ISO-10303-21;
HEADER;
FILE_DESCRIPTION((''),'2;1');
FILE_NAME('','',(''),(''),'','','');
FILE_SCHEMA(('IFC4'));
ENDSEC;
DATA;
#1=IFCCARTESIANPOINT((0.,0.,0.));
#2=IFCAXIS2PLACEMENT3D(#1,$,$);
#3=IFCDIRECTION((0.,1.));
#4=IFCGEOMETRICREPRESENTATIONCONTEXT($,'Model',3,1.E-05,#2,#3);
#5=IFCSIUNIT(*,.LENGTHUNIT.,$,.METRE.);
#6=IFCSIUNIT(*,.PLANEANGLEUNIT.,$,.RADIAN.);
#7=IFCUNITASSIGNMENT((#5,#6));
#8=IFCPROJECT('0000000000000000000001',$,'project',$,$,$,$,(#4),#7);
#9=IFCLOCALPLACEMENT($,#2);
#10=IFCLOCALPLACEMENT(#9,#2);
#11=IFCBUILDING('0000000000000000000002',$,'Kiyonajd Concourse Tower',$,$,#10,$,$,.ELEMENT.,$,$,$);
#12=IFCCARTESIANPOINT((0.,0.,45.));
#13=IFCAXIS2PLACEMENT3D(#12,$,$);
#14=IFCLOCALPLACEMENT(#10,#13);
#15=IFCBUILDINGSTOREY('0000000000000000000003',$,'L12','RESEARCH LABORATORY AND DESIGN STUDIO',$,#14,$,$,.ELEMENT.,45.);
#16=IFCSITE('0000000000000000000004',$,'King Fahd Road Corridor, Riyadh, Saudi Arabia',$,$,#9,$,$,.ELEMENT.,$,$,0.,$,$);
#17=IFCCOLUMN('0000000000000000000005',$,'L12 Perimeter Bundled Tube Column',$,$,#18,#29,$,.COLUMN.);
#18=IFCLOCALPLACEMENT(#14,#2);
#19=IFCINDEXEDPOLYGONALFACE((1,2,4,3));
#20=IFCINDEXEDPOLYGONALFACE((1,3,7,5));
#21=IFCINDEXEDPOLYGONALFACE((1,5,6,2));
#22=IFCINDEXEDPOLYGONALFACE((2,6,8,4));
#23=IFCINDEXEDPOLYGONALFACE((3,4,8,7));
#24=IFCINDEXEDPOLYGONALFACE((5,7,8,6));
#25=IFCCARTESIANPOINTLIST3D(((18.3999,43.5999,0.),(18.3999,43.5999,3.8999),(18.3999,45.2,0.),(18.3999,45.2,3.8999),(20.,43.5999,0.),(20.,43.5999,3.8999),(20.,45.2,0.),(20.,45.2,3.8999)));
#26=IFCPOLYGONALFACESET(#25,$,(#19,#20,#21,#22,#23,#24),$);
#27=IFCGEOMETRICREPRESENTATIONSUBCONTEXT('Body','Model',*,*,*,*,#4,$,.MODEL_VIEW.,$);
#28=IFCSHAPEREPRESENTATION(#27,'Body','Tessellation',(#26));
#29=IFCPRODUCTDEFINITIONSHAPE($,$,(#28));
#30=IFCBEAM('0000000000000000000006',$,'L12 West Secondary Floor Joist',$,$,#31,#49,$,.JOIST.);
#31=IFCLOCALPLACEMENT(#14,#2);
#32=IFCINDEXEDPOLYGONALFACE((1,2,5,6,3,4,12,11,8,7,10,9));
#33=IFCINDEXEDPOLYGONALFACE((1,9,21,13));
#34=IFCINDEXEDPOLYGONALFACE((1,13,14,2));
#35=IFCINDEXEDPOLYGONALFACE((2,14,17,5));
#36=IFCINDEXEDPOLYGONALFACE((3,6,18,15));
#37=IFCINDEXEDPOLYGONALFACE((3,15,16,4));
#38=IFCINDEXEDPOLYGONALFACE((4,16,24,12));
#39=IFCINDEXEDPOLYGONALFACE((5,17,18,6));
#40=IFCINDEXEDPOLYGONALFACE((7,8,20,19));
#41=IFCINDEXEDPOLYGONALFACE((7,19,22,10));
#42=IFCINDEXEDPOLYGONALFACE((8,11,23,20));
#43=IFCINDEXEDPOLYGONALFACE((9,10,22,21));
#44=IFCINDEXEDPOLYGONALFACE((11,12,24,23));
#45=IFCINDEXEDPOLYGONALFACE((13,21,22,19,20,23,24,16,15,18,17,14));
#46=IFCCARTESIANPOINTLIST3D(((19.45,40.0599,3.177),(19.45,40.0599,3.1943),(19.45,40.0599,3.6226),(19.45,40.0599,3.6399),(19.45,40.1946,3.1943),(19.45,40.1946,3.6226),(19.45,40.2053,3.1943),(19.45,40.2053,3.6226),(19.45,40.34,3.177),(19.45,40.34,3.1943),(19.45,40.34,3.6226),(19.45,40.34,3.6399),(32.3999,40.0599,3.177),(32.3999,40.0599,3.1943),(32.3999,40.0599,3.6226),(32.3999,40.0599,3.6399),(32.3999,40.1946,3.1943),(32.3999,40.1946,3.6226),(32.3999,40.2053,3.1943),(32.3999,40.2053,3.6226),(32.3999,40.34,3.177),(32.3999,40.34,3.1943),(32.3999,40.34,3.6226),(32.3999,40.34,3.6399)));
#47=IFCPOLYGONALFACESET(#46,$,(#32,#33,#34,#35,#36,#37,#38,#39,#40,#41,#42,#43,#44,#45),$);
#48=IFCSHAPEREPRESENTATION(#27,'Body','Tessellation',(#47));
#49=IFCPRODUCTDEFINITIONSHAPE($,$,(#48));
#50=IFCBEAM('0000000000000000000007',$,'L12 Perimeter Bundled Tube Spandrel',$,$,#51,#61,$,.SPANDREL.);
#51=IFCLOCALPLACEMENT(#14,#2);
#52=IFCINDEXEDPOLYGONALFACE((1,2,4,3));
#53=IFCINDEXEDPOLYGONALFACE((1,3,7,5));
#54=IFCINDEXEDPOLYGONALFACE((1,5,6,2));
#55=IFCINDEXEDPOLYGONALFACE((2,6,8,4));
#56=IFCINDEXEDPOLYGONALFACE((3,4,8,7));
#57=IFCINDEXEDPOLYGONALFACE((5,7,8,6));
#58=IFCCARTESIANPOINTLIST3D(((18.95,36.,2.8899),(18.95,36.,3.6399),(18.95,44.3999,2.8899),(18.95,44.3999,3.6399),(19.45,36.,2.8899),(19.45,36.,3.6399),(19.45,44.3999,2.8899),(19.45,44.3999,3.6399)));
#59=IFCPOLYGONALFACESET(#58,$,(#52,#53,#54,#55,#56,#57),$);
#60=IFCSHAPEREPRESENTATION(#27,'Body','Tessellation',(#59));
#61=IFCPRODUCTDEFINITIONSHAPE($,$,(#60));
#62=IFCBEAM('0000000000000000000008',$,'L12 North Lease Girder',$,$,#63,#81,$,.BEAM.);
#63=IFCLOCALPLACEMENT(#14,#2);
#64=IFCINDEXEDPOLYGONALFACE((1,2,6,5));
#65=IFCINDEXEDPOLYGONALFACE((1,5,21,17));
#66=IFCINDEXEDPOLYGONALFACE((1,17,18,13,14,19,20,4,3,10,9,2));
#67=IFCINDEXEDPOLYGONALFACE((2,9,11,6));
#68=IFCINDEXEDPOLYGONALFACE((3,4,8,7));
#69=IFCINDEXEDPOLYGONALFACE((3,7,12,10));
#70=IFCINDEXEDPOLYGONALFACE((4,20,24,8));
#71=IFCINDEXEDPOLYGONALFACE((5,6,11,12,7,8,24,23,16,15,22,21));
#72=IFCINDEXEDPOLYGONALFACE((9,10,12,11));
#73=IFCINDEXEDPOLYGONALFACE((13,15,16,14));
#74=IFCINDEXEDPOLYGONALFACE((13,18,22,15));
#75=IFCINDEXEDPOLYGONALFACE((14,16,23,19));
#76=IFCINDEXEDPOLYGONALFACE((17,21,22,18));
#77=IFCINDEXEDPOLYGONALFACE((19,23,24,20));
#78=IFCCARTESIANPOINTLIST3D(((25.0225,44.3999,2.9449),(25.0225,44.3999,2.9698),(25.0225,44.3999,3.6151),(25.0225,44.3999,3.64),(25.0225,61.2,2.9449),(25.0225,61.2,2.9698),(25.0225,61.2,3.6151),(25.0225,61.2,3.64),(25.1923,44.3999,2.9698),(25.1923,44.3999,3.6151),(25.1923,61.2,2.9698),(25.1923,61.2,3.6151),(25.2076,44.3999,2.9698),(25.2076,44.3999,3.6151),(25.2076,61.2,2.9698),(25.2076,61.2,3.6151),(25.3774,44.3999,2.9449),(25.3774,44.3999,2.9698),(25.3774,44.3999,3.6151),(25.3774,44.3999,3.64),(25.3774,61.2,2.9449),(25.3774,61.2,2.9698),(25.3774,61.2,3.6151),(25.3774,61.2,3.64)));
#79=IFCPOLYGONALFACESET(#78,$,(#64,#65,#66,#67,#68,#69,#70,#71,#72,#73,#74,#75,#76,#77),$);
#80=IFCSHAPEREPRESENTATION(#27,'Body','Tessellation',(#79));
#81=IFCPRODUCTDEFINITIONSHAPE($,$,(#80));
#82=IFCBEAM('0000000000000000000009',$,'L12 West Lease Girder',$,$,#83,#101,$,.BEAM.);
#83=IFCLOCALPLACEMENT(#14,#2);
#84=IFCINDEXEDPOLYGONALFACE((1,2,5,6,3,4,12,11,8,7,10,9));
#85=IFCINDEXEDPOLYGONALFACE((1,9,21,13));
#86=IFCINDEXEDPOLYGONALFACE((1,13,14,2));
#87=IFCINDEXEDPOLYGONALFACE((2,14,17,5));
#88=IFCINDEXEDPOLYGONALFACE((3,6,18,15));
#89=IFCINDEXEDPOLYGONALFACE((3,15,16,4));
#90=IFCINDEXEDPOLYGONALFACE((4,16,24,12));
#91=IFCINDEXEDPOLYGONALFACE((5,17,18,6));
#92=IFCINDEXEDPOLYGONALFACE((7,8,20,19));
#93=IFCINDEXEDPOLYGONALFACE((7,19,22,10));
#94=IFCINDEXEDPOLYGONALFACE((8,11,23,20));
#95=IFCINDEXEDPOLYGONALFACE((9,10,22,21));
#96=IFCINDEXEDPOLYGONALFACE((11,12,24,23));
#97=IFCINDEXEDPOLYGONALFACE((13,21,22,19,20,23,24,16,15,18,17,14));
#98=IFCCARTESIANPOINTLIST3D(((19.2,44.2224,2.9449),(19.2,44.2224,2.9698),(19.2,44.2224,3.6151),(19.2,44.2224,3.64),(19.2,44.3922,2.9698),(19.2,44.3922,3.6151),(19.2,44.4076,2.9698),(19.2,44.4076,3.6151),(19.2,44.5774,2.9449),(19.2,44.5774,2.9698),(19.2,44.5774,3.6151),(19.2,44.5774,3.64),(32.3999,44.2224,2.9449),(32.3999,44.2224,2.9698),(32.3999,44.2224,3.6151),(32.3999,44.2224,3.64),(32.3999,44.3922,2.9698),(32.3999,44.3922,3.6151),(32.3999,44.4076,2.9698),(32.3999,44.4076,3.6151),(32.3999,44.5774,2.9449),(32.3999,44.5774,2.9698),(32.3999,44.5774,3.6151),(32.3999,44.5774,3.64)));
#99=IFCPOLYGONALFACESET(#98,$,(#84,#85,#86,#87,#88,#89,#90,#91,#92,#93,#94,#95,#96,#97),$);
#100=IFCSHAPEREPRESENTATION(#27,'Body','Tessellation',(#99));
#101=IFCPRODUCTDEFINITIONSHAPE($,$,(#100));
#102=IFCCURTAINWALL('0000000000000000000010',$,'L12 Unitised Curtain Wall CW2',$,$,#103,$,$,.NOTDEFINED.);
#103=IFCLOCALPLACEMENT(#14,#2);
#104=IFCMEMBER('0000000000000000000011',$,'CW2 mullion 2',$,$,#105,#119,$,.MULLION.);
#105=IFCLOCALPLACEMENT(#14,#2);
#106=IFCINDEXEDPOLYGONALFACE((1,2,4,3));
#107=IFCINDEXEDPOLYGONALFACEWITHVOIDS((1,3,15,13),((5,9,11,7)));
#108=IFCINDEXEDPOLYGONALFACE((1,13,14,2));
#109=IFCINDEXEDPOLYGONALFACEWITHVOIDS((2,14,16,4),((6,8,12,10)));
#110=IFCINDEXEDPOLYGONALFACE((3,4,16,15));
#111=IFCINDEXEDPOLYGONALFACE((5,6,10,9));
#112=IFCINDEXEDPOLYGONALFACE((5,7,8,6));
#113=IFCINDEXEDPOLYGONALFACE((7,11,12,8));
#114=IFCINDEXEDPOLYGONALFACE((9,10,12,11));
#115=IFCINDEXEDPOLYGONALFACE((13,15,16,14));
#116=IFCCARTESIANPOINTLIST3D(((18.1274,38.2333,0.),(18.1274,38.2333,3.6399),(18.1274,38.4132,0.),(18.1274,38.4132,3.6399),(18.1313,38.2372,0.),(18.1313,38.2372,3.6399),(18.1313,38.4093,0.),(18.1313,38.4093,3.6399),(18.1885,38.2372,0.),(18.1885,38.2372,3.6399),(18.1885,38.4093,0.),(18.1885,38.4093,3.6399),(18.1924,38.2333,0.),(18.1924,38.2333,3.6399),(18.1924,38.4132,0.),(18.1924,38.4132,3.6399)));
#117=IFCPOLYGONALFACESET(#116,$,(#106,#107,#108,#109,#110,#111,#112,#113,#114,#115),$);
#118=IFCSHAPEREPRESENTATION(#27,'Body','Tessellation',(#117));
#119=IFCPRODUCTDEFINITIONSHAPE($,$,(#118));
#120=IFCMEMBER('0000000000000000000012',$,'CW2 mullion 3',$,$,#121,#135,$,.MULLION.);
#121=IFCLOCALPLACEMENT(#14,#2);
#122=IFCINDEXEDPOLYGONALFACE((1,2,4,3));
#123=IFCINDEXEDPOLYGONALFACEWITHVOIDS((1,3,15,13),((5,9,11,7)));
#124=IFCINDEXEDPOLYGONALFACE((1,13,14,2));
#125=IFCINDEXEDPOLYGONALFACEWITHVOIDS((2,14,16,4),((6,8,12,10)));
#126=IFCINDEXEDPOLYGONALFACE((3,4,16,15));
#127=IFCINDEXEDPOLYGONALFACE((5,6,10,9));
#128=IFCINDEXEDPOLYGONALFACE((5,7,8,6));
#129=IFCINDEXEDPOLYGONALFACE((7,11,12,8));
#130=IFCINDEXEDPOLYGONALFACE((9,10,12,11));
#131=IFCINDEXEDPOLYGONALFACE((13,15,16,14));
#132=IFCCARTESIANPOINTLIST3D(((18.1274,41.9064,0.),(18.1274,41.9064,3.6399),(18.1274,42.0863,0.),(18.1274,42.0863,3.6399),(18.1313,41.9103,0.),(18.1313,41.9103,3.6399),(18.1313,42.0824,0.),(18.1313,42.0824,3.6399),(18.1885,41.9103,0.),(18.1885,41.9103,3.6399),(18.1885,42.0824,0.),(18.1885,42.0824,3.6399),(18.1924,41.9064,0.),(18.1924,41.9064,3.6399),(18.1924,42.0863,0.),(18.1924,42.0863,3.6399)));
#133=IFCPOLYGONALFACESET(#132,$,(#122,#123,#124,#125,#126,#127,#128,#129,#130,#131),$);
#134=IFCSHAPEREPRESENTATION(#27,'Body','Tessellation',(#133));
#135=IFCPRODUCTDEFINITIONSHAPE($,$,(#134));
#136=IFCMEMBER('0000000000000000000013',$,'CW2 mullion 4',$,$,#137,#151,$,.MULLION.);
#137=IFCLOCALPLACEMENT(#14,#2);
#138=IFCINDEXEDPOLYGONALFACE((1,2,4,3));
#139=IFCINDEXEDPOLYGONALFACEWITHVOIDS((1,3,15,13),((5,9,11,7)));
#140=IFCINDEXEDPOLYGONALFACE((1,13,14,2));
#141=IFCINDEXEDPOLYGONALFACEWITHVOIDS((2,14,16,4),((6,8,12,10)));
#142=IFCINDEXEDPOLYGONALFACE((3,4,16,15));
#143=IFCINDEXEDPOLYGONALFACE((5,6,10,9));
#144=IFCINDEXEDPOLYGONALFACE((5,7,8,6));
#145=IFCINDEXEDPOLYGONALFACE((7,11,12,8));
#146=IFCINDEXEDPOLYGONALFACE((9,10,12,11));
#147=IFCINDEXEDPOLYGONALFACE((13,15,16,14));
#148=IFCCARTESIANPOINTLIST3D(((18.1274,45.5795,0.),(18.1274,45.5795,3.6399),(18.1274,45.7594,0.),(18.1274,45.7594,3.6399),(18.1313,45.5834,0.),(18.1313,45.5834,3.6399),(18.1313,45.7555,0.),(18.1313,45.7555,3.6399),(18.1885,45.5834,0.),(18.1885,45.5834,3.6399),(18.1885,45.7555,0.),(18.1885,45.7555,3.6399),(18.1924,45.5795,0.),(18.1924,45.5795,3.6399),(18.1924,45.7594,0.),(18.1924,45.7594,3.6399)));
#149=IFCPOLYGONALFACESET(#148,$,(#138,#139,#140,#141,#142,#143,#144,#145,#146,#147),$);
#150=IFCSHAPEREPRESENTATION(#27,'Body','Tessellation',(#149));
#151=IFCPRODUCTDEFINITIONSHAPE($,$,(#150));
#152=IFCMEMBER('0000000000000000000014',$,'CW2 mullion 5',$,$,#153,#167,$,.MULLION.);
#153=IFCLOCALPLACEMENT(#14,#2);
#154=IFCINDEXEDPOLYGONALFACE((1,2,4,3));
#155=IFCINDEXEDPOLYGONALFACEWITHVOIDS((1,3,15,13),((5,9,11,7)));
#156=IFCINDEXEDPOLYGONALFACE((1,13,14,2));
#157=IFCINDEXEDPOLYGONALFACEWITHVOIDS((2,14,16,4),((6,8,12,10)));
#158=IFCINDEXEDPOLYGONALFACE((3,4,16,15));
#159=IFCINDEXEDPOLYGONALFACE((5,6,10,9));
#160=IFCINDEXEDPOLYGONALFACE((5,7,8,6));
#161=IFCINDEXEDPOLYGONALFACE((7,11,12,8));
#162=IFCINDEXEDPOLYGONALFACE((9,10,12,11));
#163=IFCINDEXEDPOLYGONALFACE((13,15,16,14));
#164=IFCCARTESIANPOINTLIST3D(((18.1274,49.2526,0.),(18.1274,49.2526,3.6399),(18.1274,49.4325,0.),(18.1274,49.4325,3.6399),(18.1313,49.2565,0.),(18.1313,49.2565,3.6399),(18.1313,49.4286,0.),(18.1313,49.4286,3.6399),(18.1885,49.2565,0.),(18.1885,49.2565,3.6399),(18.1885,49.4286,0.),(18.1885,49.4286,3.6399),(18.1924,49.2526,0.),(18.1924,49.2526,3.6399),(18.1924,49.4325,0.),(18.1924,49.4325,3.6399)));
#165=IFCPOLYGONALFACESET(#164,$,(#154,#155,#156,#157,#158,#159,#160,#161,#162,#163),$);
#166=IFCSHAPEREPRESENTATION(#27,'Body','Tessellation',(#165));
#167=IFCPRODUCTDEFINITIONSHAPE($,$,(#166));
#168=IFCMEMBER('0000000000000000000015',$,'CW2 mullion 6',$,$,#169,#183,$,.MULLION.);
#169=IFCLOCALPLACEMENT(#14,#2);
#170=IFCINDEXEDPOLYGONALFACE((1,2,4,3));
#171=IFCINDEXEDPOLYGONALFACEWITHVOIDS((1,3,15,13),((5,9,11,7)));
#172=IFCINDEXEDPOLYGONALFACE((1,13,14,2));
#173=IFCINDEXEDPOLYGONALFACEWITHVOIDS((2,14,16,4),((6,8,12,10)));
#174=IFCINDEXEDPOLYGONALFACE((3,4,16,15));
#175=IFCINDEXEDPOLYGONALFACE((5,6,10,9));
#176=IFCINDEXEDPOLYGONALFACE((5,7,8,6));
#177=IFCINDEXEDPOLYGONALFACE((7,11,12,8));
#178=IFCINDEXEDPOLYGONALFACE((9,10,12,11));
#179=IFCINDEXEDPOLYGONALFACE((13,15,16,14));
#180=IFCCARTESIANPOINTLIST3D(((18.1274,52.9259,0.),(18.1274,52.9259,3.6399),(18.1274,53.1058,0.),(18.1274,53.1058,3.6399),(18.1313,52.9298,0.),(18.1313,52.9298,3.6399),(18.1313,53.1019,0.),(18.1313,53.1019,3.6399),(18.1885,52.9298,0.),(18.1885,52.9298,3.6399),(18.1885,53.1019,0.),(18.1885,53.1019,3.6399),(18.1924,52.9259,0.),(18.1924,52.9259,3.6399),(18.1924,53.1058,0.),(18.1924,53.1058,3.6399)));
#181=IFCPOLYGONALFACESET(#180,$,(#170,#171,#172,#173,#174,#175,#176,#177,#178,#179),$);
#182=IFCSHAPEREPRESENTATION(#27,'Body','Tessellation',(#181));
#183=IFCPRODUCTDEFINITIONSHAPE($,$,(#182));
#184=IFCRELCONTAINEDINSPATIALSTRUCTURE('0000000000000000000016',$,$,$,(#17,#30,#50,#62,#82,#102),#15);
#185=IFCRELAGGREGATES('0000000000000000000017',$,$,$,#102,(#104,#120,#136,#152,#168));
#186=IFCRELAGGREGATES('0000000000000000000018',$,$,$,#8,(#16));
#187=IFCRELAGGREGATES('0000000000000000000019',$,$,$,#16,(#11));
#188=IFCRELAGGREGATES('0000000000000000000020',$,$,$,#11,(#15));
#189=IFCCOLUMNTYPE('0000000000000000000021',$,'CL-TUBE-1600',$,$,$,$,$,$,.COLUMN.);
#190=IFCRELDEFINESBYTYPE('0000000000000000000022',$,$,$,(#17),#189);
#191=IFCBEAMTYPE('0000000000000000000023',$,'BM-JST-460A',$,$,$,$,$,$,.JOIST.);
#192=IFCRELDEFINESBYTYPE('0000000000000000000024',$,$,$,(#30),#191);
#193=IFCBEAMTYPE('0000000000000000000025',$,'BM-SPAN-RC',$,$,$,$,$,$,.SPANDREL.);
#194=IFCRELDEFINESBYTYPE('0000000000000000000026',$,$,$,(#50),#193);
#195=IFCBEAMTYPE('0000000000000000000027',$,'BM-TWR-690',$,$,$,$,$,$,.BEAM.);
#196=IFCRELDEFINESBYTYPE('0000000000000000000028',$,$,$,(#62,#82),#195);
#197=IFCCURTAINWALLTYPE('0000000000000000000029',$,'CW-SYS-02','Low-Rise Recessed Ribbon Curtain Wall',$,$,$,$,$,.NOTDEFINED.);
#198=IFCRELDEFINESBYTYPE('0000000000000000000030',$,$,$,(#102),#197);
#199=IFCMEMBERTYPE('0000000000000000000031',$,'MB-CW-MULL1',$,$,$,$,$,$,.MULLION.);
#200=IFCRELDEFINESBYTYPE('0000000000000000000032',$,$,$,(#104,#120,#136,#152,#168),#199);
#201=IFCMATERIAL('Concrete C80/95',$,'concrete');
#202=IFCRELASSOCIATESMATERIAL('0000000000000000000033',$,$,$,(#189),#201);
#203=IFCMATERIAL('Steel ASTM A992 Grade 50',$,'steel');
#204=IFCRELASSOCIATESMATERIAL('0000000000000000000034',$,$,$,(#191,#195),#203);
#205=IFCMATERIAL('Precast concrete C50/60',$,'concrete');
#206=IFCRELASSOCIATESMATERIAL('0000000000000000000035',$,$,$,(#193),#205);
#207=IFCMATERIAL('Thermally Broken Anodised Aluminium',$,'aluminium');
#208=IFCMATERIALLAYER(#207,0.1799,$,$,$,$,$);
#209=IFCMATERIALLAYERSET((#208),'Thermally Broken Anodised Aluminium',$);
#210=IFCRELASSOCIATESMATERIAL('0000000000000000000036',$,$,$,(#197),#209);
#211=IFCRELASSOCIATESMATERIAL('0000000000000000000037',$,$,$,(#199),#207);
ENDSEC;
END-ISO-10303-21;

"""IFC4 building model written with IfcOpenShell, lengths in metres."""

from ifc_helpers import new_model, si_unit, direction, frame, origin, origin_2d, place, context, subcontext, project, spatial, rectangle, hollow_rectangle, i_section, extrude, material, layer, layer_set, material_profile, profile_set, type_object, element, aggregate, save


model = new_model("IFC4")

# Units and contexts
model_context = context("Model", 3, precision=1e-05, world=origin(), true_north=direction((0.0, 1.0)))
body_context = subcontext(model_context, "Body", "Model", "MODEL_VIEW")
ifc_project = project(units=[si_unit("LENGTHUNIT", "METRE"), si_unit("PLANEANGLEUNIT", "RADIAN")], contexts=[model_context])

# Site, building, storey
site_placement = place(None, origin())
site = spatial("IfcSite", under=ifc_project, at=site_placement, Name="King Fahd Road Corridor, Riyadh, Saudi Arabia", CompositionType="ELEMENT", RefElevation=0.0)
building_placement = place(site_placement, origin())
building = spatial("IfcBuilding", under=site, at=building_placement, Name="Kiyonajd Concourse Tower", CompositionType="ELEMENT")
storey_placement = place(building_placement, frame((0.0, 0.0, 45.0)))
storey = spatial("IfcBuildingStorey", under=building, at=storey_placement, Name="L12", Description="RESEARCH LABORATORY AND DESIGN STUDIO", CompositionType="ELEMENT", Elevation=45.0)

# Column
ifc_material_1 = material(Name="Concrete C80/95", Category="concrete")
ifc_material_profile_1 = material_profile(ifc_material_1, rectangle(XDim=1.6001, YDim=1.6001, at=origin_2d()), Name="RC-1600x1600")
ifc_profile_set_1 = profile_set([ifc_material_profile_1], Name="Concrete C80/95")
column_type = type_object("IfcColumnType", Name="CL-TUBE-1600", PredefinedType="COLUMN", material=ifc_profile_set_1)
column_placement = place(storey_placement, frame((19.2, 44.3999, 0.0), z_axis=(0.0, 0.0, 1.0), x_axis=(1.0, 0.0, 0.0)))
element("IfcColumn", 1, at=column_placement, inside=storey, type_object=column_type, Name="L12 Perimeter Bundled Tube Column", PredefinedType="COLUMN", context=body_context, shape_type="SweptSolid", body=[
    extrude(rectangle(XDim=1.6001, YDim=1.6001, at=origin_2d()), origin(), (0.0, 0.0, 1.0), 3.8999),
])

# Beams
ifc_material_2 = material(Name="Steel ASTM A992 Grade 50", Category="steel")
ifc_material_profile_2 = material_profile(ifc_material_2, i_section(OverallWidth=0.28, OverallDepth=0.4629, WebThickness=0.0107, FlangeThickness=0.0173, at=origin_2d()), Name="W460X113")
ifc_profile_set_2 = profile_set([ifc_material_profile_2], Name="Steel ASTM A992 Grade 50")
beam_type_1 = type_object("IfcBeamType", Name="BM-JST-460A", PredefinedType="JOIST", material=ifc_profile_set_2)
beam_1_placement = place(storey_placement, frame((19.45, 40.2, 3.4084), z_axis=(1.0, 0.0, 0.0), x_axis=(0.0, 1.0, 0.0)))
element("IfcBeam", 2, at=beam_1_placement, inside=storey, type_object=beam_type_1, Name="L12 West Secondary Floor Joist", PredefinedType="JOIST", context=body_context, shape_type="SweptSolid", body=[
    extrude(i_section(OverallWidth=0.28, OverallDepth=0.4629, WebThickness=0.0107, FlangeThickness=0.0173, at=origin_2d()), origin(), (0.0, 0.0, 1.0), 12.95),
])
ifc_material_3 = material(Name="Precast concrete C50/60", Category="concrete")
ifc_material_profile_3 = material_profile(ifc_material_3, rectangle(XDim=0.5, YDim=0.75, at=origin_2d()), Name="RCBM-500x750")
ifc_profile_set_3 = profile_set([ifc_material_profile_3], Name="Precast concrete C50/60")
beam_type_2 = type_object("IfcBeamType", Name="BM-SPAN-RC", PredefinedType="SPANDREL", material=ifc_profile_set_3)
beam_2_placement = place(storey_placement, frame((19.2, 44.3999, 3.2649), z_axis=(0.0, -1.0, 0.0), x_axis=(1.0, 0.0, 0.0)))
element("IfcBeam", 3, at=beam_2_placement, inside=storey, type_object=beam_type_2, Name="L12 Perimeter Bundled Tube Spandrel", PredefinedType="SPANDREL", context=body_context, shape_type="SweptSolid", body=[
    extrude(rectangle(XDim=0.5, YDim=0.75, at=origin_2d()), origin(), (0.0, 0.0, 1.0), 8.3999),
])
ifc_material_profile_4 = material_profile(ifc_material_2, i_section(OverallWidth=0.355, OverallDepth=0.6951, WebThickness=0.0154, FlangeThickness=0.0249, at=origin_2d()), Name="W690X217")
ifc_profile_set_4 = profile_set([ifc_material_profile_4], Name="Steel ASTM A992 Grade 50")
beam_type_3 = type_object("IfcBeamType", Name="BM-TWR-690", PredefinedType="BEAM", material=ifc_profile_set_4)
beam_3_placement = place(storey_placement, frame((25.2, 44.3999, 3.2925), z_axis=(0.0, 1.0, 0.0), x_axis=(-1.0, 0.0, 0.0)))
element("IfcBeam", 4, at=beam_3_placement, inside=storey, type_object=beam_type_3, Name="L12 North Lease Girder", PredefinedType="BEAM", context=body_context, shape_type="SweptSolid", body=[
    extrude(i_section(OverallWidth=0.355, OverallDepth=0.6951, WebThickness=0.0154, FlangeThickness=0.0249, at=origin_2d()), origin(), (0.0, 0.0, 1.0), 16.8),
])
beam_4_placement = place(storey_placement, frame((19.2, 44.3999, 3.2925), z_axis=(1.0, 0.0, 0.0), x_axis=(0.0, 1.0, 0.0)))
element("IfcBeam", 5, at=beam_4_placement, inside=storey, type_object=beam_type_3, Name="L12 West Lease Girder", PredefinedType="BEAM", context=body_context, shape_type="SweptSolid", body=[
    extrude(i_section(OverallWidth=0.355, OverallDepth=0.6951, WebThickness=0.0154, FlangeThickness=0.0249, at=origin_2d()), origin(), (0.0, 0.0, 1.0), 13.2),
])

# Curtain wall, members
ifc_material_4 = material(Name="Thermally Broken Anodised Aluminium", Category="aluminium")
ifc_layer_1 = layer(ifc_material_4, 0.1799)
ifc_layer_set_1 = layer_set([ifc_layer_1], Name="Thermally Broken Anodised Aluminium")
curtain_wall_type = type_object("IfcCurtainWallType", Name="CW-SYS-02", Description="Low-Rise Recessed Ribbon Curtain Wall", PredefinedType="NOTDEFINED", material=ifc_layer_set_1)
curtain_wall_placement = place(storey_placement, origin())
curtain_wall = element("IfcCurtainWall", 6, at=curtain_wall_placement, inside=storey, type_object=curtain_wall_type, Name="L12 Unitised Curtain Wall CW2", PredefinedType="NOTDEFINED")
ifc_material_profile_5 = material_profile(ifc_material_4, hollow_rectangle(XDim=0.0649, YDim=0.1799, WallThickness=0.0039, at=origin_2d()), Name="MULL-65x180")
ifc_profile_set_5 = profile_set([ifc_material_profile_5], Name="Thermally Broken Anodised Aluminium")
member_type_1 = type_object("IfcMemberType", Name="MB-CW-MULL1", PredefinedType="MULLION", material=ifc_profile_set_5)
member_1_placement = place(storey_placement, frame((18.1599, 38.3232, 0.0), z_axis=(0.0, 0.0, 1.0), x_axis=(-1.0, 0.0, 0.0)))
member_1 = element("IfcMember", 7, at=member_1_placement, type_object=member_type_1, Name="CW2 mullion 2", PredefinedType="MULLION", context=body_context, shape_type="SweptSolid", body=[
    extrude(hollow_rectangle(XDim=0.0649, YDim=0.1799, WallThickness=0.0039, at=origin_2d()), origin(), (0.0, 0.0, 1.0), 3.6399),
])
member_2_placement = place(storey_placement, frame((18.1599, 41.9963, 0.0), z_axis=(0.0, 0.0, 1.0), x_axis=(-1.0, 0.0, 0.0)))
member_2 = element("IfcMember", 8, at=member_2_placement, type_object=member_type_1, Name="CW2 mullion 3", PredefinedType="MULLION", context=body_context, shape_type="SweptSolid", body=[
    extrude(hollow_rectangle(XDim=0.0649, YDim=0.1799, WallThickness=0.0039, at=origin_2d()), origin(), (0.0, 0.0, 1.0), 3.6399),
])
member_3_placement = place(storey_placement, frame((18.1599, 45.6694, 0.0), z_axis=(0.0, 0.0, 1.0), x_axis=(-1.0, 0.0, 0.0)))
member_3 = element("IfcMember", 9, at=member_3_placement, type_object=member_type_1, Name="CW2 mullion 4", PredefinedType="MULLION", context=body_context, shape_type="SweptSolid", body=[
    extrude(hollow_rectangle(XDim=0.0649, YDim=0.1799, WallThickness=0.0039, at=origin_2d()), origin(), (0.0, 0.0, 1.0), 3.6399),
])
member_4_placement = place(storey_placement, frame((18.1599, 49.3425, 0.0), z_axis=(0.0, 0.0, 1.0), x_axis=(-1.0, 0.0, 0.0)))
member_4 = element("IfcMember", 10, at=member_4_placement, type_object=member_type_1, Name="CW2 mullion 5", PredefinedType="MULLION", context=body_context, shape_type="SweptSolid", body=[
    extrude(hollow_rectangle(XDim=0.0649, YDim=0.1799, WallThickness=0.0039, at=origin_2d()), origin(), (0.0, 0.0, 1.0), 3.6399),
])
member_5_placement = place(storey_placement, frame((18.1599, 53.0159, 0.0), z_axis=(0.0, 0.0, 1.0), x_axis=(-1.0, 0.0, 0.0)))
member_5 = element("IfcMember", 11, at=member_5_placement, type_object=member_type_1, Name="CW2 mullion 6", PredefinedType="MULLION", context=body_context, shape_type="SweptSolid", body=[
    extrude(hollow_rectangle(XDim=0.0649, YDim=0.1799, WallThickness=0.0039, at=origin_2d()), origin(), (0.0, 0.0, 1.0), 3.6399),
])
aggregate(curtain_wall, [member_1, member_2, member_3, member_4, member_5])

save(model, "model.ifc")
